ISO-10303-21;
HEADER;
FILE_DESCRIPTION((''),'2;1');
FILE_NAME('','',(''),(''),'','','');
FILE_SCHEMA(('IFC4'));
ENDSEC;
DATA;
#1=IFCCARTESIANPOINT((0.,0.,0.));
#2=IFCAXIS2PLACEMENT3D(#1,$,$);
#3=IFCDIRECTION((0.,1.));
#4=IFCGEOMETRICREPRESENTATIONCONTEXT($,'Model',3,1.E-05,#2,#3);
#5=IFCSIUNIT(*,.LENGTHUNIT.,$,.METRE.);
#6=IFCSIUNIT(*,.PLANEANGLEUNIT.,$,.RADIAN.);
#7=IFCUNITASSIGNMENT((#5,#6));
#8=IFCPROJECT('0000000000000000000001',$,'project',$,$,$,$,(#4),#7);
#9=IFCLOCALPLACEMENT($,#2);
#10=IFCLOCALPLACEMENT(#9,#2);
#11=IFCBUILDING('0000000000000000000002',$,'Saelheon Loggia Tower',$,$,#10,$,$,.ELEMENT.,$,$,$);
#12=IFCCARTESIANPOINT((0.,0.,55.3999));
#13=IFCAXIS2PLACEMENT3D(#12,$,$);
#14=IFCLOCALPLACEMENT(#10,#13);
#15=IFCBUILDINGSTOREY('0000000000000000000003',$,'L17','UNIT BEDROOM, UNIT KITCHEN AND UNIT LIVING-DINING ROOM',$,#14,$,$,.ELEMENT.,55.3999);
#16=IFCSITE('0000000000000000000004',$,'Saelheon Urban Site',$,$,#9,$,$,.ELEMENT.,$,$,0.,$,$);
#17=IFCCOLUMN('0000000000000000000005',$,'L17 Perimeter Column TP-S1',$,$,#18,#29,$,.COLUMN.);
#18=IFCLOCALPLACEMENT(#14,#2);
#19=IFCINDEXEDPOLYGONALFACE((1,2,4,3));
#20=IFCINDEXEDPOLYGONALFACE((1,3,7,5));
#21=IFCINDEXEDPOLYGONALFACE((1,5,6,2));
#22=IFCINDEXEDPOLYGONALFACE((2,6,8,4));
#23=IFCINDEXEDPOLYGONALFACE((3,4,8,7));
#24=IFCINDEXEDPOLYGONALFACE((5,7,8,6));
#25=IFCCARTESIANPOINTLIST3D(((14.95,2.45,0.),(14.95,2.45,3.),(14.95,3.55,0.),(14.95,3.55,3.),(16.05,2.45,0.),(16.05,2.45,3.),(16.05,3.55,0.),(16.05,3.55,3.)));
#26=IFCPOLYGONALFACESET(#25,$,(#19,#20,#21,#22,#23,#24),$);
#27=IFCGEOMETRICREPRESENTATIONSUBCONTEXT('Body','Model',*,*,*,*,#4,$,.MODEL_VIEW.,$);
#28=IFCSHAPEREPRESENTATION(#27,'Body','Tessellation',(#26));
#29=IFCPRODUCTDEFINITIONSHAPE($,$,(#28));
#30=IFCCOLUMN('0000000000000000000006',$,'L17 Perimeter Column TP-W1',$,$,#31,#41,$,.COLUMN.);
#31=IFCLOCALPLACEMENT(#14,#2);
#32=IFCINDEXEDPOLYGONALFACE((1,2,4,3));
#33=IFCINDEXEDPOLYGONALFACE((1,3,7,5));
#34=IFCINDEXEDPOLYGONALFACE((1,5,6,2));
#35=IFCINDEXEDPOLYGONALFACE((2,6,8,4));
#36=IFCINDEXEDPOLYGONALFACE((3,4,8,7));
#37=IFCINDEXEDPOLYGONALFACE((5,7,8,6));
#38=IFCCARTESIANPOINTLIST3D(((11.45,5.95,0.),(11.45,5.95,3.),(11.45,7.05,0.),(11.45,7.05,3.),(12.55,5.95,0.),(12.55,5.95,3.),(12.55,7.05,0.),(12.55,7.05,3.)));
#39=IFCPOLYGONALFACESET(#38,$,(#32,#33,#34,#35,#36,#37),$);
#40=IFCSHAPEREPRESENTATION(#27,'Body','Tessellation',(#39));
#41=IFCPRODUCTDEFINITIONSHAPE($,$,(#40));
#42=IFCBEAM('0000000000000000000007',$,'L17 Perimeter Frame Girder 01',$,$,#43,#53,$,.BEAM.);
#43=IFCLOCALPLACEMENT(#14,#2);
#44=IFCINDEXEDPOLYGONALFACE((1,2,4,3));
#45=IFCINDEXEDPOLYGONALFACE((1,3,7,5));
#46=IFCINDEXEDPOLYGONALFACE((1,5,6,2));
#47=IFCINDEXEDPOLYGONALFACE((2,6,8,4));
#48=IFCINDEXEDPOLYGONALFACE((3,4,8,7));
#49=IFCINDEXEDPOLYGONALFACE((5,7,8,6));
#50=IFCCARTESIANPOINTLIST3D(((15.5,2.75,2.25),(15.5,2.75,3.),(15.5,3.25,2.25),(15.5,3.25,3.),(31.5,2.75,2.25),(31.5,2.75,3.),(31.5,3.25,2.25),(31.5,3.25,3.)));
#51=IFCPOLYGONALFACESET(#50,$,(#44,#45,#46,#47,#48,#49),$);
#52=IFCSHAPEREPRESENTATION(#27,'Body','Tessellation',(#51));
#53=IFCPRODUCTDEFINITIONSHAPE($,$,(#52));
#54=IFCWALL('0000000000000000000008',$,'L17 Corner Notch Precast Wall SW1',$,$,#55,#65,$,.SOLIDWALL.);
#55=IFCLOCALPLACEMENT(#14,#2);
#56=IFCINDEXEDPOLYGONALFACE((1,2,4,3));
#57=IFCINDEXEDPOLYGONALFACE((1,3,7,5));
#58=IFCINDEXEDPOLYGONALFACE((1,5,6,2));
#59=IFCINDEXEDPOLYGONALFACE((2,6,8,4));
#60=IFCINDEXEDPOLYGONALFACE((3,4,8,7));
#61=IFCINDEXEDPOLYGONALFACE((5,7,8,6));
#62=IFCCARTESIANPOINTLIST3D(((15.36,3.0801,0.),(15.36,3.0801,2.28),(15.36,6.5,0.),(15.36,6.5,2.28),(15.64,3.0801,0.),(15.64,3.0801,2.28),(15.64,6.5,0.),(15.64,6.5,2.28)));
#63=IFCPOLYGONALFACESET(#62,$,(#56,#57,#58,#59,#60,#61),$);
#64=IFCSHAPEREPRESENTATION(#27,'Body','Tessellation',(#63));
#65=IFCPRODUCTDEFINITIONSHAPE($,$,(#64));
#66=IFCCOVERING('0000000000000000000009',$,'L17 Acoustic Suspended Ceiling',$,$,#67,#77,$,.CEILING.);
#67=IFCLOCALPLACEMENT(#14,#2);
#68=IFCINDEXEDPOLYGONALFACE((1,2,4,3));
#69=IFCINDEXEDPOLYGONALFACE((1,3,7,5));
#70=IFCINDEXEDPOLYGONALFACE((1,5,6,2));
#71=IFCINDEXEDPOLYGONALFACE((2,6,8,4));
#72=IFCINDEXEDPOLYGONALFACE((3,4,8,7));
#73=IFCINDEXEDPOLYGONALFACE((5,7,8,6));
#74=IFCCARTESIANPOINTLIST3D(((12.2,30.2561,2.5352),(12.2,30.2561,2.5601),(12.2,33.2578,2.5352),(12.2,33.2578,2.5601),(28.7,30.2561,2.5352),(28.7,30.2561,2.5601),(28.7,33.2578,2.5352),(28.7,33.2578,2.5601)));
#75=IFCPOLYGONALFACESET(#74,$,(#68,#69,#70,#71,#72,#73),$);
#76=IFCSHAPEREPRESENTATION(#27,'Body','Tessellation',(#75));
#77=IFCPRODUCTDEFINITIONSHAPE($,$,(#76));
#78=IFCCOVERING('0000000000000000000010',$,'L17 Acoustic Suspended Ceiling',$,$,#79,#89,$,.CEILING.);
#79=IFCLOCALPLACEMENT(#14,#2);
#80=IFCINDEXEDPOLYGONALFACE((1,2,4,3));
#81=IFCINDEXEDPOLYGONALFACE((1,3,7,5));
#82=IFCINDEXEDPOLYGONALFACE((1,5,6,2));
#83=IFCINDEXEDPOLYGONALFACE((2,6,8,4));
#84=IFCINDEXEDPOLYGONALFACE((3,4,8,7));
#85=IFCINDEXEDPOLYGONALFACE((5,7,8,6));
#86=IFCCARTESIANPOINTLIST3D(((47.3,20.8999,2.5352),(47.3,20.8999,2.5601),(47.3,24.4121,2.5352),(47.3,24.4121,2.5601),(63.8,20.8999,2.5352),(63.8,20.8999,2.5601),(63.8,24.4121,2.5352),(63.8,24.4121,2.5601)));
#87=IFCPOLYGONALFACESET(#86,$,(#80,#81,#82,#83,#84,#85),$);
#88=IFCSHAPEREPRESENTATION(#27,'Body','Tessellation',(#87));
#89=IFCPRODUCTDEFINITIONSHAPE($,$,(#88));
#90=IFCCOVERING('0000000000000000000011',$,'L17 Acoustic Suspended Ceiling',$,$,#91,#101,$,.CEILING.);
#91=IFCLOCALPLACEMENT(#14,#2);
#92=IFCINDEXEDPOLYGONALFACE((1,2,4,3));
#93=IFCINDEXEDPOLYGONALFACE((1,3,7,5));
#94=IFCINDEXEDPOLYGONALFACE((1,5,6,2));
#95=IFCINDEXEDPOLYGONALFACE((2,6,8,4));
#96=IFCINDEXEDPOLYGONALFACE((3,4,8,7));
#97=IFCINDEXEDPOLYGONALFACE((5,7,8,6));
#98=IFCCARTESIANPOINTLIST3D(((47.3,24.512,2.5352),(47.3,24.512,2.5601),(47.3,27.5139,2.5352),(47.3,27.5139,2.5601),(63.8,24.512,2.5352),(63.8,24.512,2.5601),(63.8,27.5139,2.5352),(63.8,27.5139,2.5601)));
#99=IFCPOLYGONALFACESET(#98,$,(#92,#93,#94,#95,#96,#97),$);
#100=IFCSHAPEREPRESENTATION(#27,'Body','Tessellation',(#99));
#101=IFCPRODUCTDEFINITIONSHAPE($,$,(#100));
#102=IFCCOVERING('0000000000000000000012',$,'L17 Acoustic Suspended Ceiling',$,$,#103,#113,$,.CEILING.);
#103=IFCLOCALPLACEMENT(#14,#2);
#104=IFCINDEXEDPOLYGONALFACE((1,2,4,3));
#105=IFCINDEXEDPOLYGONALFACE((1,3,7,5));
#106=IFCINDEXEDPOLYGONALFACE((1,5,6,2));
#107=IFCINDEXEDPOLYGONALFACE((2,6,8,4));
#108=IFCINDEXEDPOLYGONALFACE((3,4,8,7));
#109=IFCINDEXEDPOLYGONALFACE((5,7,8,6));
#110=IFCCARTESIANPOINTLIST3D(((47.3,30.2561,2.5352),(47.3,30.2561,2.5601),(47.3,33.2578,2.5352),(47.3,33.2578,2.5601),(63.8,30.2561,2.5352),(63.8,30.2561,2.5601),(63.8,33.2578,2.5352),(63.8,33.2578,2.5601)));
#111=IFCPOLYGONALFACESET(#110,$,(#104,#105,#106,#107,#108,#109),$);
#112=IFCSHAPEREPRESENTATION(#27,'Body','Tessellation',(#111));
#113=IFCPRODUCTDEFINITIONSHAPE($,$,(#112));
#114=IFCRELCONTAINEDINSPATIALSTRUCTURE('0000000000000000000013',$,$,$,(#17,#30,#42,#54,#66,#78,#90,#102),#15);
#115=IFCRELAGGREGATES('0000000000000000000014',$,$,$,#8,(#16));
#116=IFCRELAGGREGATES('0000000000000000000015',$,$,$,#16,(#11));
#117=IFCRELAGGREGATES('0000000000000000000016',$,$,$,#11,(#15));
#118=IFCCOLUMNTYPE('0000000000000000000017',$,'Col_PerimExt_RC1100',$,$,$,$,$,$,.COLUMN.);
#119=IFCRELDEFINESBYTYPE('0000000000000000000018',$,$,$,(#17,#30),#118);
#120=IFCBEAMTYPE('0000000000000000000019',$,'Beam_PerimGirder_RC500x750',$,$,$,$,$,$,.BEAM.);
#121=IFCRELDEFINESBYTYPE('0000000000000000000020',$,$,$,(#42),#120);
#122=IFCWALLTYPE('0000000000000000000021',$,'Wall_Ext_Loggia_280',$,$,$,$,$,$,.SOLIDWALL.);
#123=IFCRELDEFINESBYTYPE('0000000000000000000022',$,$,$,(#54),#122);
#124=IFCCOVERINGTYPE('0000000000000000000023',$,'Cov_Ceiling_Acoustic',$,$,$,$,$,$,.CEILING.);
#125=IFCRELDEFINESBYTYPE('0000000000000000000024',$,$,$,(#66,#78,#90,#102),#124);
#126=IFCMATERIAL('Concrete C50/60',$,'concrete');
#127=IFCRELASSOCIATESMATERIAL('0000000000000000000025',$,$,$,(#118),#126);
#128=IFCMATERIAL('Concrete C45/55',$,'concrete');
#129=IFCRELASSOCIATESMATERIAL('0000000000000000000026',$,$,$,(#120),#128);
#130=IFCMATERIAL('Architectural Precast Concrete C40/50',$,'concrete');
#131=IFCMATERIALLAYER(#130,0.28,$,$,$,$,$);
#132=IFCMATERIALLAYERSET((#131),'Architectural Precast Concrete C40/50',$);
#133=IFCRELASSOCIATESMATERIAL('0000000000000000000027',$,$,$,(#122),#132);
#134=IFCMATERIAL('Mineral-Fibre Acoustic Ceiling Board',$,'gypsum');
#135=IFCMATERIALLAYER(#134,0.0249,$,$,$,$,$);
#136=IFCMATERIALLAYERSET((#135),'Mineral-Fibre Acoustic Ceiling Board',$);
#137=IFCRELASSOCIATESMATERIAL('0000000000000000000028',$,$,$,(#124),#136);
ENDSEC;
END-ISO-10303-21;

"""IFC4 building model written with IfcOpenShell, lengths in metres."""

from ifc_helpers import new_model, si_unit, direction, frame, frame_2d, origin, origin_2d, place, context, subcontext, project, spatial, polyline, rectangle, outline, extrude, source, transform, mapped, material, layer, layer_set, material_profile, profile_set, type_object, element, save


model = new_model("IFC4")

# Units and contexts
model_context = context("Model", 3, precision=1e-05, world=origin(), true_north=direction((0.0, 1.0)))
body_context = subcontext(model_context, "Body", "Model", "MODEL_VIEW")
ifc_project = project(units=[si_unit("LENGTHUNIT", "METRE"), si_unit("PLANEANGLEUNIT", "RADIAN")], contexts=[model_context])

# Site, building, storey
site_placement = place(None, origin())
site = spatial("IfcSite", under=ifc_project, at=site_placement, Name="Saelheon Urban Site", CompositionType="ELEMENT", RefElevation=0.0)
building_placement = place(site_placement, origin())
building = spatial("IfcBuilding", under=site, at=building_placement, Name="Saelheon Loggia Tower", CompositionType="ELEMENT")
storey_placement = place(building_placement, frame((0.0, 0.0, 55.3999)))
storey = spatial("IfcBuildingStorey", under=building, at=storey_placement, Name="L17", Description="UNIT BEDROOM, UNIT KITCHEN AND UNIT LIVING-DINING ROOM", CompositionType="ELEMENT", Elevation=55.3999)

# Columns
ifc_material_1 = material(Name="Concrete C50/60", Category="concrete")
ifc_material_profile_1 = material_profile(ifc_material_1, rectangle(XDim=1.1001, YDim=1.1001, at=origin_2d()), Name="RC-1100x1100")
ifc_profile_set_1 = profile_set([ifc_material_profile_1], Name="Concrete C50/60")
column_type = type_object("IfcColumnType", Name="Col_PerimExt_RC1100", PredefinedType="COLUMN", material=ifc_profile_set_1)
shared_shape_1 = source(origin(), body_context, "Body", "SweptSolid", [
    extrude(rectangle(XDim=1.1001, YDim=1.1001, at=origin_2d()), origin(), (0.0, 0.0, 1.0), 3.0),
])
for number, where, z_axis, x_axis, name in (
    (1, (15.5, 3.0, 0.0), (0.0, 0.0, 1.0), (1.0, 0.0, 0.0), "L17 Perimeter Column TP-S1"),
    (2, (12.0, 6.5, 0.0), (0.0, 0.0, 1.0), (1.0, 0.0, 0.0), "L17 Perimeter Column TP-W1"),
):
    element("IfcColumn", number, at=place(storey_placement, frame(where, z_axis=z_axis, x_axis=x_axis)), inside=storey, type_object=column_type, Name=name, PredefinedType="COLUMN", context=body_context, shape_type="MappedRepresentation", body=[
        mapped(shared_shape_1, transform((0.0, 0.0, 0.0), scale=1.0)),
    ])

# Beam
ifc_material_2 = material(Name="Concrete C45/55", Category="concrete")
ifc_material_profile_2 = material_profile(ifc_material_2, rectangle(XDim=0.5, YDim=0.75, at=origin_2d()), Name="RC-500x750")
ifc_profile_set_2 = profile_set([ifc_material_profile_2], Name="Concrete C45/55")
beam_type = type_object("IfcBeamType", Name="Beam_PerimGirder_RC500x750", PredefinedType="BEAM", material=ifc_profile_set_2)
shared_shape_2 = source(origin(), body_context, "Body", "SweptSolid", [
    extrude(rectangle(XDim=0.5, YDim=0.75, at=origin_2d()), origin(), (0.0, 0.0, 1.0), 16.0),
])
beam_placement = place(storey_placement, frame((15.5, 3.0, 2.625), z_axis=(1.0, 0.0, 0.0), x_axis=(0.0, 1.0, 0.0)))
element("IfcBeam", 3, at=beam_placement, inside=storey, type_object=beam_type, Name="L17 Perimeter Frame Girder 01", PredefinedType="BEAM", context=body_context, shape_type="MappedRepresentation", body=[
    mapped(shared_shape_2, transform((0.0, 0.0, 0.0), scale=1.0)),
])

# Shared definitions
ifc_material_3 = material(Name="Architectural Precast Concrete C40/50", Category="concrete")
ifc_layer_1 = layer(ifc_material_3, 0.28)
ifc_layer_set_1 = layer_set([ifc_layer_1], Name="Architectural Precast Concrete C40/50")
wall_type = type_object("IfcWallType", Name="Wall_Ext_Loggia_280", PredefinedType="SOLIDWALL", material=ifc_layer_set_1)

# Wall
wall_1_placement = place(storey_placement, frame((15.5, 3.0801, 0.0), z_axis=(0.0, 0.0, 1.0), x_axis=(0.0, 1.0, 0.0)))
element("IfcWall", 4, at=wall_1_placement, inside=storey, type_object=wall_type, Name="L17 Corner Notch Precast Wall SW1", PredefinedType="SOLIDWALL", context=body_context, shape_type="SweptSolid", body=[
    extrude(rectangle(XDim=3.4199, YDim=0.28, at=frame_2d((1.71, 0.0))), origin(), (0.0, 0.0, 1.0), 2.28),
])

# Coverings
ifc_material_4 = material(Name="Mineral-Fibre Acoustic Ceiling Board", Category="gypsum")
ifc_layer_2 = layer(ifc_material_4, 0.0249)
ifc_layer_set_2 = layer_set([ifc_layer_2], Name="Mineral-Fibre Acoustic Ceiling Board")
covering_type = type_object("IfcCoveringType", Name="Cov_Ceiling_Acoustic", PredefinedType="CEILING", material=ifc_layer_set_2)
covering_1_placement = place(storey_placement, frame((0.0, 0.0, 2.5352)))
element("IfcCovering", 5, at=covering_1_placement, inside=storey, type_object=covering_type, Name="L17 Acoustic Suspended Ceiling", PredefinedType="CEILING", context=body_context, shape_type="SweptSolid", body=[
    extrude(outline(polyline([(12.2, 30.2561), (28.7, 30.2561), (28.7, 33.2578), (12.2, 33.2578), (12.2, 30.2561)])), origin(), (0.0, 0.0, 1.0), 0.0249),
])
covering_2_placement = place(storey_placement, frame((0.0, 0.0, 2.5352)))
element("IfcCovering", 6, at=covering_2_placement, inside=storey, type_object=covering_type, Name="L17 Acoustic Suspended Ceiling", PredefinedType="CEILING", context=body_context, shape_type="SweptSolid", body=[
    extrude(outline(polyline([(47.3, 20.8999), (63.8, 20.8999), (63.8, 24.4121), (47.3, 24.4121), (47.3, 20.8999)])), origin(), (0.0, 0.0, 1.0), 0.0249),
])
covering_3_placement = place(storey_placement, frame((0.0, 0.0, 2.5352)))
element("IfcCovering", 7, at=covering_3_placement, inside=storey, type_object=covering_type, Name="L17 Acoustic Suspended Ceiling", PredefinedType="CEILING", context=body_context, shape_type="SweptSolid", body=[
    extrude(outline(polyline([(47.3, 24.512), (63.8, 24.512), (63.8, 27.5139), (47.3, 27.5139), (47.3, 24.512)])), origin(), (0.0, 0.0, 1.0), 0.0249),
])
covering_4_placement = place(storey_placement, frame((0.0, 0.0, 2.5352)))
element("IfcCovering", 8, at=covering_4_placement, inside=storey, type_object=covering_type, Name="L17 Acoustic Suspended Ceiling", PredefinedType="CEILING", context=body_context, shape_type="SweptSolid", body=[
    extrude(outline(polyline([(47.3, 30.2561), (63.8, 30.2561), (63.8, 33.2578), (47.3, 33.2578), (47.3, 30.2561)])), origin(), (0.0, 0.0, 1.0), 0.0249),
])

save(model, "model.ifc")
